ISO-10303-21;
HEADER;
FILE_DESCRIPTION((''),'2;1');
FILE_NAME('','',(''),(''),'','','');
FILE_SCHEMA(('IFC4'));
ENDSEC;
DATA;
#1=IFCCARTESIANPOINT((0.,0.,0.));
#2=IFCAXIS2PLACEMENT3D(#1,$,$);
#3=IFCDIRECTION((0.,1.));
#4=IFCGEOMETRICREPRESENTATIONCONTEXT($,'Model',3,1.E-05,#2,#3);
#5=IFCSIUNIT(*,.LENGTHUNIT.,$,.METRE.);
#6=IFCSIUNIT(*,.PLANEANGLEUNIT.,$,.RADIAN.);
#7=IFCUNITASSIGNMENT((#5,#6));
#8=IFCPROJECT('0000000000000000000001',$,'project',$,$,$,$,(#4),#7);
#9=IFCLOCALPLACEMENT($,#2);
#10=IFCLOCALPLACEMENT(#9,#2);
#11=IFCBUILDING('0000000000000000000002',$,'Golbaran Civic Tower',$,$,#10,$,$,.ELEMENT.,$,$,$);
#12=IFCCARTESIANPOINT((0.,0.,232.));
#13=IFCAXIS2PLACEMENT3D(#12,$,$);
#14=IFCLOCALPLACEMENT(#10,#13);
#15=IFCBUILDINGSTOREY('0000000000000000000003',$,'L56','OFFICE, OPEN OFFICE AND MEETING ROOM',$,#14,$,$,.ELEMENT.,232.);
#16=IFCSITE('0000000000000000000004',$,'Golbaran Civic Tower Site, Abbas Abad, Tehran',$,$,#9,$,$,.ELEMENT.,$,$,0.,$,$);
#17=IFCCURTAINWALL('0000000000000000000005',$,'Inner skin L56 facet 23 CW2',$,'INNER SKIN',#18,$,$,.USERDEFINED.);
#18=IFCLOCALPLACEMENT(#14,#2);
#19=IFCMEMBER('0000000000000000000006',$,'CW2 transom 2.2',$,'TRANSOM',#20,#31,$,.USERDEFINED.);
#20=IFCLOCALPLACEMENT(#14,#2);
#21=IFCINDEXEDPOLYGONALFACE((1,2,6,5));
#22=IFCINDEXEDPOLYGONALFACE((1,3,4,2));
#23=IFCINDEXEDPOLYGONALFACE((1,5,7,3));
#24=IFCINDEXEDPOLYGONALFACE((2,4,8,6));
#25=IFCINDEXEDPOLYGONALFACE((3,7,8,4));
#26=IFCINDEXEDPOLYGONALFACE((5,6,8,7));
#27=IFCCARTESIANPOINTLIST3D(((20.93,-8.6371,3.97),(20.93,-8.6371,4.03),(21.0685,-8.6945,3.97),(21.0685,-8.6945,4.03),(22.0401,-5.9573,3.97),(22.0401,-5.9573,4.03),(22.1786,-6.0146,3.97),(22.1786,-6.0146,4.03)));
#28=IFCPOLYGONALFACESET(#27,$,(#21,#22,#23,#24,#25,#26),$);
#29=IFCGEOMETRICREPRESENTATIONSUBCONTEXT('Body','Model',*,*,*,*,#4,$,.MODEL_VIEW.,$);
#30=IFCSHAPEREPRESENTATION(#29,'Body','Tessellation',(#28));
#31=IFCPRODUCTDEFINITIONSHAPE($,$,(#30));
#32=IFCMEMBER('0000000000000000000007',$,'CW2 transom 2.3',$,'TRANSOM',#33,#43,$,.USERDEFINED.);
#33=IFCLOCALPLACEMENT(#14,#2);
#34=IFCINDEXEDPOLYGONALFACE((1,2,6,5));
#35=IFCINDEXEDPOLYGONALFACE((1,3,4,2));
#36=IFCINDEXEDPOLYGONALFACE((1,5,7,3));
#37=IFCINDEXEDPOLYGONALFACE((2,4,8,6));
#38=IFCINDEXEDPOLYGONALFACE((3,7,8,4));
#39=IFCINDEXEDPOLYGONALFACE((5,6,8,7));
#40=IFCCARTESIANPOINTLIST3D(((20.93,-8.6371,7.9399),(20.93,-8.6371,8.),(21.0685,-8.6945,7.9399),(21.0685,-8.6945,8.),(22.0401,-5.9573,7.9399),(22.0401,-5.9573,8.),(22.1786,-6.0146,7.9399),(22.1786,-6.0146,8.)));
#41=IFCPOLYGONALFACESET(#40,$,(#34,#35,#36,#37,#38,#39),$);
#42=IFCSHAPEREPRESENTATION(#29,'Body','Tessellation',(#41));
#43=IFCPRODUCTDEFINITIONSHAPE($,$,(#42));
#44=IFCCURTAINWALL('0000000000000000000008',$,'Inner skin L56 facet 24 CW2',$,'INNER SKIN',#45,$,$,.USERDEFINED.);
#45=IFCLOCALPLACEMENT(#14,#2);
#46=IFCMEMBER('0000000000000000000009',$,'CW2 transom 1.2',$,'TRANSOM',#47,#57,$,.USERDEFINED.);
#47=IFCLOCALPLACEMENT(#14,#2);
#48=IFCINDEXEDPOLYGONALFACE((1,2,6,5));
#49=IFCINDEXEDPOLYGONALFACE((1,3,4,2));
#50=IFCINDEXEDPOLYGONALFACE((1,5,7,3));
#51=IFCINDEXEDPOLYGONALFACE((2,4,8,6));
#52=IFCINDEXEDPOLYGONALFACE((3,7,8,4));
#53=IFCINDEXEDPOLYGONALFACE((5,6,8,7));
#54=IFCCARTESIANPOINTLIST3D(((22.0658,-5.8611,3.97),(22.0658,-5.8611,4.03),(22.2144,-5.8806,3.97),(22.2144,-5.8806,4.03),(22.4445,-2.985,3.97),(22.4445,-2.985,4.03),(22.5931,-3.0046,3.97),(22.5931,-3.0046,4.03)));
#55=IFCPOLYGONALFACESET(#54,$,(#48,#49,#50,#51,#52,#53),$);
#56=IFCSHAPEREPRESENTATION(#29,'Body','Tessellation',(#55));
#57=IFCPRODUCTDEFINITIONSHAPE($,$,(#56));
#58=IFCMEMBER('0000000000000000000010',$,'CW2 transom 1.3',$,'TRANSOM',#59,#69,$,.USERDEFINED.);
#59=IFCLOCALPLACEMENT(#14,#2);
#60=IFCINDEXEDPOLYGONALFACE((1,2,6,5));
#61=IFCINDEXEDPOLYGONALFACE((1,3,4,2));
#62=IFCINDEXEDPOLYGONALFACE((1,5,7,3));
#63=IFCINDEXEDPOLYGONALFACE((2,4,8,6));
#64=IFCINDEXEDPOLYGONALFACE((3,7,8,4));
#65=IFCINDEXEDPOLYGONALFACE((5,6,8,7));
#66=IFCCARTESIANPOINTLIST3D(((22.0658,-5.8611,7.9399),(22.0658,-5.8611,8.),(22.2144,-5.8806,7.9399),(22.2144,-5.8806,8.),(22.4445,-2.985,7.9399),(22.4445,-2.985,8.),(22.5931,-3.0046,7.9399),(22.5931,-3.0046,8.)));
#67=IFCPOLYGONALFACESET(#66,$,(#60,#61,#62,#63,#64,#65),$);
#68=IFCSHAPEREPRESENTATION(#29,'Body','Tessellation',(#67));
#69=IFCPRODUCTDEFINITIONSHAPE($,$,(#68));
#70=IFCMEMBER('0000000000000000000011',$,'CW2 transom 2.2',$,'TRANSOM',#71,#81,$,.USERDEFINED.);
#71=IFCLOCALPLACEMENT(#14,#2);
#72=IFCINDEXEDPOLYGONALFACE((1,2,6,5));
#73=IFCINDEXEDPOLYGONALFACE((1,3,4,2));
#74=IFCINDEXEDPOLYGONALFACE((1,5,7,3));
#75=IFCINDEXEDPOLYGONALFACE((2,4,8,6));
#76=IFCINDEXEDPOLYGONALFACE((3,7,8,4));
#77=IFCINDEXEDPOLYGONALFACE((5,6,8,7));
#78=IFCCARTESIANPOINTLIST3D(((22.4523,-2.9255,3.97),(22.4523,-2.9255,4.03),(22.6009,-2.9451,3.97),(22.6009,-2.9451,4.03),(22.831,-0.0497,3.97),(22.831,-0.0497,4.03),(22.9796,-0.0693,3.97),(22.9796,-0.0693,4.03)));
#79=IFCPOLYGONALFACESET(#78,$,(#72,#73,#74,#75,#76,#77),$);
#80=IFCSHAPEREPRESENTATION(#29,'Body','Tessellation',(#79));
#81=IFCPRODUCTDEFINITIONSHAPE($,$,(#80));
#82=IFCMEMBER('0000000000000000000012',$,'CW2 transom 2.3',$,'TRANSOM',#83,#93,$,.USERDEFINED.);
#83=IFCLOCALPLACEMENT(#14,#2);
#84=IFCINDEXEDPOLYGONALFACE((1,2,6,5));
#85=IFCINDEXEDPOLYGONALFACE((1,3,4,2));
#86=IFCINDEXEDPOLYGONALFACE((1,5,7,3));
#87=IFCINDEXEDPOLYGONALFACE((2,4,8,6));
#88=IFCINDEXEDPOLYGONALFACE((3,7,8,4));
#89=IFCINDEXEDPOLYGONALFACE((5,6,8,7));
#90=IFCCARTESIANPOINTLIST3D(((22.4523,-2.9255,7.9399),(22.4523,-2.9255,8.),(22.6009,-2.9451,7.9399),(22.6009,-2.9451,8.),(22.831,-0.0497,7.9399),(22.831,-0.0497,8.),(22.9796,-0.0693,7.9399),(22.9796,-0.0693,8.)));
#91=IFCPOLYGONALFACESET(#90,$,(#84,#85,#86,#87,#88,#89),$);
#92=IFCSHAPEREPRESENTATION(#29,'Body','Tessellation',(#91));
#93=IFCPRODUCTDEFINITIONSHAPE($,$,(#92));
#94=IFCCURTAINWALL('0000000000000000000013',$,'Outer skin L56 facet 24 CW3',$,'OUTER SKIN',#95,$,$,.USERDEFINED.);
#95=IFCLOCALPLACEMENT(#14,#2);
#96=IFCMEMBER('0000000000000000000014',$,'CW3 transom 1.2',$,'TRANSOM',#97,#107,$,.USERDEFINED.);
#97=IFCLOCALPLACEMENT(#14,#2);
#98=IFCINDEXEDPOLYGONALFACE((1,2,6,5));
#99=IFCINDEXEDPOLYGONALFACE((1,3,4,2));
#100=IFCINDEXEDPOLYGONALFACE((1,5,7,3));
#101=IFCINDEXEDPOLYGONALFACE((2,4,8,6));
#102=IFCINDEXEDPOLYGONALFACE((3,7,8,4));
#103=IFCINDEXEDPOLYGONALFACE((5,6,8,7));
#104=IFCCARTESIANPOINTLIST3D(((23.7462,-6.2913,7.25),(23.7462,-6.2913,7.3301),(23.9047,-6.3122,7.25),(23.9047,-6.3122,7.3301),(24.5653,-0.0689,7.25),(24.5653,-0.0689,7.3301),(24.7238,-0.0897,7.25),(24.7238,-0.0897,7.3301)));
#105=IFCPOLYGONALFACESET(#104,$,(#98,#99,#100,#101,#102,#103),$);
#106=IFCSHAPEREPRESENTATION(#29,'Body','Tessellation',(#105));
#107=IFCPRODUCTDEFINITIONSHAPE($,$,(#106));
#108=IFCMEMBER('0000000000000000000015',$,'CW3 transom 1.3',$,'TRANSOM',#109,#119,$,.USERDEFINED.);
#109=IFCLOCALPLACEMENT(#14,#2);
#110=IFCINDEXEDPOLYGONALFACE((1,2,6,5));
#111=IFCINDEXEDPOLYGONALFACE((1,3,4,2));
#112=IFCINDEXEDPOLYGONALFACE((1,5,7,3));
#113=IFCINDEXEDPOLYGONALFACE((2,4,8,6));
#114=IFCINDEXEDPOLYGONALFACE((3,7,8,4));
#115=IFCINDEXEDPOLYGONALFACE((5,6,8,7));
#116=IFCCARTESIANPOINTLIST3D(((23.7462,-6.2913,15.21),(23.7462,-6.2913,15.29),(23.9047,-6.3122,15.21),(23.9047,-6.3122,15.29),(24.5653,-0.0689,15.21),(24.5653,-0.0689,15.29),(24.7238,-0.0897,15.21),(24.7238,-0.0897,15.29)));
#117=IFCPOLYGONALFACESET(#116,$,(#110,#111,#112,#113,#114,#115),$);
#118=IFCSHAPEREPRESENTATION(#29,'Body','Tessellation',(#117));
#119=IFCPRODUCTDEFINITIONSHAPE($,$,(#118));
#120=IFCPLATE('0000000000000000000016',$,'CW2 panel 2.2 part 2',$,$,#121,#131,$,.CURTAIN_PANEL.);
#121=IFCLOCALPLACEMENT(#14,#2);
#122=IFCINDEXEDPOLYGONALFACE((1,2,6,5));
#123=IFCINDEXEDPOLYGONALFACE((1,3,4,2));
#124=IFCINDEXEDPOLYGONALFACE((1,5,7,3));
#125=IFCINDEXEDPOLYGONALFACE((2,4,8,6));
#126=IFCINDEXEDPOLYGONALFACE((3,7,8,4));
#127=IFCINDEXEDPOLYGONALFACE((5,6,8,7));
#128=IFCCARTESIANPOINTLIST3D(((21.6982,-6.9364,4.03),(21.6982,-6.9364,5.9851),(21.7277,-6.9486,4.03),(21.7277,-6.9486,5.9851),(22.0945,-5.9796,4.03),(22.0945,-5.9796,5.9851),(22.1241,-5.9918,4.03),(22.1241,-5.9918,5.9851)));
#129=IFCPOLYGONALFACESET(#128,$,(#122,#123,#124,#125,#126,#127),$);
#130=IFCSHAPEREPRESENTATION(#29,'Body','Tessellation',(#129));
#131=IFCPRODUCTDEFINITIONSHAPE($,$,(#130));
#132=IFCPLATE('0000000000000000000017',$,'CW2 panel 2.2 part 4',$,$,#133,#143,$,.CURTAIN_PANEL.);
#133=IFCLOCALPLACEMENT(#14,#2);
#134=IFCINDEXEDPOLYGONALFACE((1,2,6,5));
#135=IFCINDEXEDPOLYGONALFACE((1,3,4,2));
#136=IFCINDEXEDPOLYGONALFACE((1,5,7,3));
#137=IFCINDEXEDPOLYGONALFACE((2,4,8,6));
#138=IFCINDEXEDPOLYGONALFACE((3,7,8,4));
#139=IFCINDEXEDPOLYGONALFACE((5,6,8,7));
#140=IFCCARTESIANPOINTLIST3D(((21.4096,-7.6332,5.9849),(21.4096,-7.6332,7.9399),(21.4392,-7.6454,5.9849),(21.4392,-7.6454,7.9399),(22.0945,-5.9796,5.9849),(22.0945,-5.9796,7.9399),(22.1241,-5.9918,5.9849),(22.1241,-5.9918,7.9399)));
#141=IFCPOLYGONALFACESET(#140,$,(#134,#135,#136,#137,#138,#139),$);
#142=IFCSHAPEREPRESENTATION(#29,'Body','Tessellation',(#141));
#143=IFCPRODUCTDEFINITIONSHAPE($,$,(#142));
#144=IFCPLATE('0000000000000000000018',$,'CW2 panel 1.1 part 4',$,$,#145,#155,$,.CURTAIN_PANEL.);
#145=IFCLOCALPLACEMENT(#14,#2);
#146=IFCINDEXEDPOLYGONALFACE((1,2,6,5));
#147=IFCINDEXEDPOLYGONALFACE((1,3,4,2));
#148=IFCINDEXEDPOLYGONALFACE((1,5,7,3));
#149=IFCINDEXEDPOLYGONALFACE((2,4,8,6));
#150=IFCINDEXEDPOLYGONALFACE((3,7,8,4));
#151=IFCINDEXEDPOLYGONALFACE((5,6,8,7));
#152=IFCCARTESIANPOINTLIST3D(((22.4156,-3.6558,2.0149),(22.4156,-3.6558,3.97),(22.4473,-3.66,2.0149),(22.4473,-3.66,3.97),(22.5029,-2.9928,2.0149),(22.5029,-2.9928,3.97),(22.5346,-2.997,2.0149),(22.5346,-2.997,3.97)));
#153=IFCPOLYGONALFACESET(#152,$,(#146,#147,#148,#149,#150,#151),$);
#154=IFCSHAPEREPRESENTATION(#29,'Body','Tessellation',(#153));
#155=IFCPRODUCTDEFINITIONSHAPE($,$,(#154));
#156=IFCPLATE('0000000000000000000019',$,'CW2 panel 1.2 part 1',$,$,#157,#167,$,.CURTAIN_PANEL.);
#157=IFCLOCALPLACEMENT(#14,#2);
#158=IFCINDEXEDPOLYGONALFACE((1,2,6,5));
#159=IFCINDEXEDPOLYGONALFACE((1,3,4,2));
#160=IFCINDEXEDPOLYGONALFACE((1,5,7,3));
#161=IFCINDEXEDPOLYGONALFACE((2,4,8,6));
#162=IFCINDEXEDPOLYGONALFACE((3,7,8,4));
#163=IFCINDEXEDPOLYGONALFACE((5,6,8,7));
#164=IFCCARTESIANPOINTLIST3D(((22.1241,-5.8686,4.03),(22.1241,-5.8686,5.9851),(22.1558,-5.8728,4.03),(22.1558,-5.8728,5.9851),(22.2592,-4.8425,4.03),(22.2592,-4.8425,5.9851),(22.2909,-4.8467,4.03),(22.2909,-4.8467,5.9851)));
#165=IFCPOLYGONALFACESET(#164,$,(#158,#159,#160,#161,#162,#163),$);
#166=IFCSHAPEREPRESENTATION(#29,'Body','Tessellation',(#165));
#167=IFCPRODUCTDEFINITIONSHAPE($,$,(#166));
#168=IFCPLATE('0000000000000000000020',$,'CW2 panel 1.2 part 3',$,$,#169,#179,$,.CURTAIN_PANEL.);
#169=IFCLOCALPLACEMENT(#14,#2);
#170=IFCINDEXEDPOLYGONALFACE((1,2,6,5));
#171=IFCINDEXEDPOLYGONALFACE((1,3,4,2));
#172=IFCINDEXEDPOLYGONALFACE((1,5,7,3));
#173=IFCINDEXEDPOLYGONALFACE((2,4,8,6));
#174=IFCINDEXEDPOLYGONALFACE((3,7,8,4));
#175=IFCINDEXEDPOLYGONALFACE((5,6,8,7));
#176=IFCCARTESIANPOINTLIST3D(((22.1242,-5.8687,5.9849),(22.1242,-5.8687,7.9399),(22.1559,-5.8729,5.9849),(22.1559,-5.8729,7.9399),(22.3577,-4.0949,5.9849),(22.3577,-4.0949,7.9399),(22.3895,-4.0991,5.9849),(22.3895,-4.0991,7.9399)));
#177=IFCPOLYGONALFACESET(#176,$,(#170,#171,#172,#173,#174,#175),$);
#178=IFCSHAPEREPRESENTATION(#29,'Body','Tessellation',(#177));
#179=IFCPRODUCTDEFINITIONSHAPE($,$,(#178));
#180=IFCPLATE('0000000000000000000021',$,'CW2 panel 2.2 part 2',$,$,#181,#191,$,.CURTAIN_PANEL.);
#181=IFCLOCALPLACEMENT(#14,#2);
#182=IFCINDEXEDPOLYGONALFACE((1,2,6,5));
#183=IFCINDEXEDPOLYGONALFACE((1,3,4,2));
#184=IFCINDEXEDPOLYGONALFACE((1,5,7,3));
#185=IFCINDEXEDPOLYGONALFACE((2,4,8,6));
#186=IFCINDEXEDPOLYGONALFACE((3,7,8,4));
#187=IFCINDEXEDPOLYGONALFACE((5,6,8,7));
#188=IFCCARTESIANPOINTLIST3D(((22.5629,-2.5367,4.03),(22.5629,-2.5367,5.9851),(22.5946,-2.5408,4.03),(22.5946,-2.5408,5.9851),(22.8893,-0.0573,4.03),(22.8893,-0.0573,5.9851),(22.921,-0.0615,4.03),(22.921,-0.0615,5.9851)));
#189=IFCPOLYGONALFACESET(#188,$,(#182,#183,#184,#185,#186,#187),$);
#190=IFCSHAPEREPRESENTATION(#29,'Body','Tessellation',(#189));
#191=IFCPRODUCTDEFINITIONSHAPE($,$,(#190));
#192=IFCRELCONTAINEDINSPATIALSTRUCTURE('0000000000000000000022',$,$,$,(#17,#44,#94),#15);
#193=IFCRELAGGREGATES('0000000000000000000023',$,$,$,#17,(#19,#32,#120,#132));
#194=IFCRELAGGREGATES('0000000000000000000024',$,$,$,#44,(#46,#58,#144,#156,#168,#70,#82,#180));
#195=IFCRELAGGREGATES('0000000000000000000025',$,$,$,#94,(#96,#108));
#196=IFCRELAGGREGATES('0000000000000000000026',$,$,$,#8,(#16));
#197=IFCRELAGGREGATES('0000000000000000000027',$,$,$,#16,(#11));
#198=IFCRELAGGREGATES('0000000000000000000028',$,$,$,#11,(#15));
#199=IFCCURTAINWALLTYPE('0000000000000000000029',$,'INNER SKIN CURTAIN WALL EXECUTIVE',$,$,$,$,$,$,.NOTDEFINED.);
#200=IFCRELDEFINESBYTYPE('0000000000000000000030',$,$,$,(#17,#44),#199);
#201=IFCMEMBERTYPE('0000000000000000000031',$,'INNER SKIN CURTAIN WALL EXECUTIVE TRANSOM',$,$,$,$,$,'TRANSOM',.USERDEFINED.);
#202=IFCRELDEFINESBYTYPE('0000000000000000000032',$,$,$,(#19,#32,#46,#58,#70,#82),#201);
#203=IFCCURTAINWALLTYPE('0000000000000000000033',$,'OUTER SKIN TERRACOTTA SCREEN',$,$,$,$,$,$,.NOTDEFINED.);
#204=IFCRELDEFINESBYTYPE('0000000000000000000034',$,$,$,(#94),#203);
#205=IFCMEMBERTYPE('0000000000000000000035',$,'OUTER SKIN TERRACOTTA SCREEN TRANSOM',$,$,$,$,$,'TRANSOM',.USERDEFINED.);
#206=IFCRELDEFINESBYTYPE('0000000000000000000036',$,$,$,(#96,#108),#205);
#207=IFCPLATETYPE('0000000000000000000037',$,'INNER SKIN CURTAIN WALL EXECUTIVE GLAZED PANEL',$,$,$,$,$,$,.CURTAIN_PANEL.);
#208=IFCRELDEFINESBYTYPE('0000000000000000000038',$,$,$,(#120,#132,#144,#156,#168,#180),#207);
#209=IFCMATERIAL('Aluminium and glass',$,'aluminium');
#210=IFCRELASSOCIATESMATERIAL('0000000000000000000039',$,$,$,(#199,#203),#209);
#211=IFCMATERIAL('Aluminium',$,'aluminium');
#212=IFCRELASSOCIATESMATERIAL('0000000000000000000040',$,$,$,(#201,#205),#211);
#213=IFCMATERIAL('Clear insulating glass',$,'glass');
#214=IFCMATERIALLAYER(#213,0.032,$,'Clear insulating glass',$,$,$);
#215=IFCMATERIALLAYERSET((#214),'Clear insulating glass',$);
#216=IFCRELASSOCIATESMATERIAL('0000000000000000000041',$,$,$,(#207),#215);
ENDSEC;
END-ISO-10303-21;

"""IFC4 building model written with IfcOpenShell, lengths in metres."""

from ifc_helpers import new_model, si_unit, direction, frame, origin, origin_2d, place, context, subcontext, project, spatial, rectangle, extrude, material, layer, layer_set, material_profile, profile_set, type_object, element, aggregate, save


model = new_model("IFC4")

# Units and contexts
model_context = context("Model", 3, precision=1e-05, world=origin(), true_north=direction((0.0, 1.0)))
body_context = subcontext(model_context, "Body", "Model", "MODEL_VIEW")
ifc_project = project(units=[si_unit("LENGTHUNIT", "METRE"), si_unit("PLANEANGLEUNIT", "RADIAN")], contexts=[model_context])

# Site, building, storey
site_placement = place(None, origin())
site = spatial("IfcSite", under=ifc_project, at=site_placement, Name="Golbaran Civic Tower Site, Abbas Abad, Tehran", CompositionType="ELEMENT", RefElevation=0.0)
building_placement = place(site_placement, origin())
building = spatial("IfcBuilding", under=site, at=building_placement, Name="Golbaran Civic Tower", CompositionType="ELEMENT")
storey_placement = place(building_placement, frame((0.0, 0.0, 232.0)))
storey = spatial("IfcBuildingStorey", under=building, at=storey_placement, Name="L56", Description="OFFICE, OPEN OFFICE AND MEETING ROOM", CompositionType="ELEMENT", Elevation=232.0)

# Curtain walls, members
ifc_material_1 = material(Name="Aluminium and glass", Category="aluminium")
curtain_wall_type_1 = type_object("IfcCurtainWallType", Name="INNER SKIN CURTAIN WALL EXECUTIVE", PredefinedType="NOTDEFINED", material=ifc_material_1)
curtain_wall_1_placement = place(storey_placement, origin())
curtain_wall_1 = element("IfcCurtainWall", 1, at=curtain_wall_1_placement, inside=storey, type_object=curtain_wall_type_1, Name="Inner skin L56 facet 23 CW2", ObjectType="INNER SKIN", PredefinedType="USERDEFINED")
ifc_material_2 = material(Name="Aluminium", Category="aluminium")
ifc_material_profile_1 = material_profile(ifc_material_2, rectangle(XDim=0.1499, YDim=0.0601, at=origin_2d()), Name="INNER SKIN CURTAIN WALL EXECUTIVE TRANSOM")
ifc_profile_set_1 = profile_set([ifc_material_profile_1], Name="Aluminium")
member_type_1 = type_object("IfcMemberType", Name="INNER SKIN CURTAIN WALL EXECUTIVE TRANSOM", ElementType="TRANSOM", PredefinedType="USERDEFINED", material=ifc_profile_set_1)
member_1_placement = place(storey_placement, frame((20.9993, -8.6658, 4.0), z_axis=(0.382696, 0.923874, 0.0), x_axis=(-0.923874, 0.382696, 0.0)))
member_1 = element("IfcMember", 2, at=member_1_placement, type_object=member_type_1, Name="CW2 transom 2.2", ObjectType="TRANSOM", PredefinedType="USERDEFINED", context=body_context, shape_type="SweptSolid", body=[
    extrude(rectangle(XDim=0.1499, YDim=0.0601, at=origin_2d()), origin(), (0.0, 0.0, 1.0), 2.9006),
])
member_2_placement = place(storey_placement, frame((20.9993, -8.6658, 7.97), z_axis=(0.382696, 0.923874, 0.0), x_axis=(-0.923874, 0.382696, 0.0)))
member_2 = element("IfcMember", 3, at=member_2_placement, type_object=member_type_1, Name="CW2 transom 2.3", ObjectType="TRANSOM", PredefinedType="USERDEFINED", context=body_context, shape_type="SweptSolid", body=[
    extrude(rectangle(XDim=0.1499, YDim=0.0601, at=origin_2d()), origin(), (0.0, 0.0, 1.0), 2.9006),
])
curtain_wall_2_placement = place(storey_placement, origin())
curtain_wall_2 = element("IfcCurtainWall", 4, at=curtain_wall_2_placement, inside=storey, type_object=curtain_wall_type_1, Name="Inner skin L56 facet 24 CW2", ObjectType="INNER SKIN", PredefinedType="USERDEFINED")
member_3_placement = place(storey_placement, frame((22.1401, -5.8708, 4.0), z_axis=(0.130537, 0.991443, 0.0), x_axis=(-0.991443, 0.130537, 0.0)))
member_3 = element("IfcMember", 5, at=member_3_placement, type_object=member_type_1, Name="CW2 transom 1.2", ObjectType="TRANSOM", PredefinedType="USERDEFINED", context=body_context, shape_type="SweptSolid", body=[
    extrude(rectangle(XDim=0.1499, YDim=0.0601, at=origin_2d()), origin(), (0.0, 0.0, 1.0), 2.9009),
])
member_4_placement = place(storey_placement, frame((22.1401, -5.8708, 7.97), z_axis=(0.130537, 0.991443, 0.0), x_axis=(-0.991443, 0.130537, 0.0)))
member_4 = element("IfcMember", 6, at=member_4_placement, type_object=member_type_1, Name="CW2 transom 1.3", ObjectType="TRANSOM", PredefinedType="USERDEFINED", context=body_context, shape_type="SweptSolid", body=[
    extrude(rectangle(XDim=0.1499, YDim=0.0601, at=origin_2d()), origin(), (0.0, 0.0, 1.0), 2.9009),
])
member_5_placement = place(storey_placement, frame((22.5266, -2.9353, 4.0), z_axis=(0.130548, 0.991442, 0.0), x_axis=(-0.991442, 0.130548, 0.0)))
member_5 = element("IfcMember", 7, at=member_5_placement, type_object=member_type_1, Name="CW2 transom 2.2", ObjectType="TRANSOM", PredefinedType="USERDEFINED", context=body_context, shape_type="SweptSolid", body=[
    extrude(rectangle(XDim=0.1499, YDim=0.0601, at=origin_2d()), origin(), (0.0, 0.0, 1.0), 2.9006),
])
member_6_placement = place(storey_placement, frame((22.5266, -2.9353, 7.97), z_axis=(0.130548, 0.991442, 0.0), x_axis=(-0.991442, 0.130548, 0.0)))
member_6 = element("IfcMember", 8, at=member_6_placement, type_object=member_type_1, Name="CW2 transom 2.3", ObjectType="TRANSOM", PredefinedType="USERDEFINED", context=body_context, shape_type="SweptSolid", body=[
    extrude(rectangle(XDim=0.1499, YDim=0.0601, at=origin_2d()), origin(), (0.0, 0.0, 1.0), 2.9006),
])
curtain_wall_type_2 = type_object("IfcCurtainWallType", Name="OUTER SKIN TERRACOTTA SCREEN", PredefinedType="NOTDEFINED", material=ifc_material_1)
curtain_wall_3_placement = place(storey_placement, origin())
curtain_wall_3 = element("IfcCurtainWall", 9, at=curtain_wall_3_placement, inside=storey, type_object=curtain_wall_type_2, Name="Outer skin L56 facet 24 CW3", ObjectType="OUTER SKIN", PredefinedType="USERDEFINED")
ifc_material_profile_2 = material_profile(ifc_material_2, rectangle(XDim=0.1599, YDim=0.0801, at=origin_2d()), Name="OUTER SKIN TERRACOTTA SCREEN TRANSOM")
ifc_profile_set_2 = profile_set([ifc_material_profile_2], Name="Aluminium")
member_type_2 = type_object("IfcMemberType", Name="OUTER SKIN TERRACOTTA SCREEN TRANSOM", ElementType="TRANSOM", PredefinedType="USERDEFINED", material=ifc_profile_set_2)
member_7_placement = place(storey_placement, frame((23.8254, -6.3018, 7.29), z_axis=(0.13051, 0.991447, 0.0), x_axis=(-0.991447, 0.13051, 0.0)))
member_7 = element("IfcMember", 10, at=member_7_placement, type_object=member_type_2, Name="CW3 transom 1.2", ObjectType="TRANSOM", PredefinedType="USERDEFINED", context=body_context, shape_type="SweptSolid", body=[
    extrude(rectangle(XDim=0.1599, YDim=0.0801, at=origin_2d()), origin(), (0.0, 0.0, 1.0), 6.2761),
])
member_8_placement = place(storey_placement, frame((23.8254, -6.3018, 15.25), z_axis=(0.13051, 0.991447, 0.0), x_axis=(-0.991447, 0.13051, 0.0)))
member_8 = element("IfcMember", 11, at=member_8_placement, type_object=member_type_2, Name="CW3 transom 1.3", ObjectType="TRANSOM", PredefinedType="USERDEFINED", context=body_context, shape_type="SweptSolid", body=[
    extrude(rectangle(XDim=0.1599, YDim=0.0801, at=origin_2d()), origin(), (0.0, 0.0, 1.0), 6.2761),
])

# Plates
ifc_material_3 = material(Name="Clear insulating glass", Category="glass")
ifc_layer_1 = layer(ifc_material_3, 0.032, Name="Clear insulating glass")
ifc_layer_set_1 = layer_set([ifc_layer_1], Name="Clear insulating glass")
plate_type_1 = type_object("IfcPlateType", Name="INNER SKIN CURTAIN WALL EXECUTIVE GLAZED PANEL", PredefinedType="CURTAIN_PANEL", material=ifc_layer_set_1)
plate_1_placement = place(storey_placement, frame((21.9111, -6.4641, 4.03), z_axis=(0.0, 0.0, 1.0), x_axis=(0.382683, 0.92388, 0.0)))
plate_1 = element("IfcPlate", 12, at=plate_1_placement, type_object=plate_type_1, Name="CW2 panel 2.2 part 2", PredefinedType="CURTAIN_PANEL", context=body_context, shape_type="SweptSolid", body=[
    extrude(rectangle(XDim=1.0356, YDim=0.032, at=origin_2d()), origin(), (0.0, 0.0, 1.0), 1.9551),
])
plate_2_placement = place(storey_placement, frame((21.7668, -6.8125, 5.9849), z_axis=(0.0, 0.0, 1.0), x_axis=(0.382683, 0.92388, 0.0)))
plate_2 = element("IfcPlate", 13, at=plate_2_placement, type_object=plate_type_1, Name="CW2 panel 2.2 part 4", PredefinedType="CURTAIN_PANEL", context=body_context, shape_type="SweptSolid", body=[
    extrude(rectangle(XDim=1.7898, YDim=0.032, at=origin_2d()), origin(), (0.0, 0.0, 1.0), 1.9551),
])
plate_3_placement = place(storey_placement, frame((22.4751, -3.3264, 2.0149), z_axis=(0.0, 0.0, 1.0), x_axis=(0.130526, 0.991445, 0.0)))
plate_3 = element("IfcPlate", 14, at=plate_3_placement, type_object=plate_type_1, Name="CW2 panel 1.1 part 4", PredefinedType="CURTAIN_PANEL", context=body_context, shape_type="SweptSolid", body=[
    extrude(rectangle(XDim=0.6687, YDim=0.032, at=origin_2d()), origin(), (0.0, 0.0, 1.0), 1.9551),
])
plate_4_placement = place(storey_placement, frame((22.2075, -5.3577, 4.03), z_axis=(0.0, 0.0, 1.0), x_axis=(0.130526, 0.991445, 0.0)))
plate_4 = element("IfcPlate", 15, at=plate_4_placement, type_object=plate_type_1, Name="CW2 panel 1.2 part 1", PredefinedType="CURTAIN_PANEL", context=body_context, shape_type="SweptSolid", body=[
    extrude(rectangle(XDim=1.0349, YDim=0.032, at=origin_2d()), origin(), (0.0, 0.0, 1.0), 1.9551),
])
plate_5_placement = place(storey_placement, frame((22.2568, -4.9839, 5.9849), z_axis=(0.0, 0.0, 1.0), x_axis=(0.130526, 0.991445, 0.0)))
plate_5 = element("IfcPlate", 16, at=plate_5_placement, type_object=plate_type_1, Name="CW2 panel 1.2 part 3", PredefinedType="CURTAIN_PANEL", context=body_context, shape_type="SweptSolid", body=[
    extrude(rectangle(XDim=1.7891, YDim=0.032, at=origin_2d()), origin(), (0.0, 0.0, 1.0), 1.9551),
])
plate_6_placement = place(storey_placement, frame((22.7419, -1.2991, 4.03), z_axis=(0.0, 0.0, 1.0), x_axis=(0.130526, 0.991445, 0.0)))
plate_6 = element("IfcPlate", 17, at=plate_6_placement, type_object=plate_type_1, Name="CW2 panel 2.2 part 2", PredefinedType="CURTAIN_PANEL", context=body_context, shape_type="SweptSolid", body=[
    extrude(rectangle(XDim=2.5007, YDim=0.032, at=origin_2d()), origin(), (0.0, 0.0, 1.0), 1.9551),
])
aggregate(curtain_wall_1, [member_1, member_2, plate_1, plate_2])
aggregate(curtain_wall_2, [member_3, member_4, plate_3, plate_4, plate_5, member_5, member_6, plate_6])
aggregate(curtain_wall_3, [member_7, member_8])

save(model, "model.ifc")
